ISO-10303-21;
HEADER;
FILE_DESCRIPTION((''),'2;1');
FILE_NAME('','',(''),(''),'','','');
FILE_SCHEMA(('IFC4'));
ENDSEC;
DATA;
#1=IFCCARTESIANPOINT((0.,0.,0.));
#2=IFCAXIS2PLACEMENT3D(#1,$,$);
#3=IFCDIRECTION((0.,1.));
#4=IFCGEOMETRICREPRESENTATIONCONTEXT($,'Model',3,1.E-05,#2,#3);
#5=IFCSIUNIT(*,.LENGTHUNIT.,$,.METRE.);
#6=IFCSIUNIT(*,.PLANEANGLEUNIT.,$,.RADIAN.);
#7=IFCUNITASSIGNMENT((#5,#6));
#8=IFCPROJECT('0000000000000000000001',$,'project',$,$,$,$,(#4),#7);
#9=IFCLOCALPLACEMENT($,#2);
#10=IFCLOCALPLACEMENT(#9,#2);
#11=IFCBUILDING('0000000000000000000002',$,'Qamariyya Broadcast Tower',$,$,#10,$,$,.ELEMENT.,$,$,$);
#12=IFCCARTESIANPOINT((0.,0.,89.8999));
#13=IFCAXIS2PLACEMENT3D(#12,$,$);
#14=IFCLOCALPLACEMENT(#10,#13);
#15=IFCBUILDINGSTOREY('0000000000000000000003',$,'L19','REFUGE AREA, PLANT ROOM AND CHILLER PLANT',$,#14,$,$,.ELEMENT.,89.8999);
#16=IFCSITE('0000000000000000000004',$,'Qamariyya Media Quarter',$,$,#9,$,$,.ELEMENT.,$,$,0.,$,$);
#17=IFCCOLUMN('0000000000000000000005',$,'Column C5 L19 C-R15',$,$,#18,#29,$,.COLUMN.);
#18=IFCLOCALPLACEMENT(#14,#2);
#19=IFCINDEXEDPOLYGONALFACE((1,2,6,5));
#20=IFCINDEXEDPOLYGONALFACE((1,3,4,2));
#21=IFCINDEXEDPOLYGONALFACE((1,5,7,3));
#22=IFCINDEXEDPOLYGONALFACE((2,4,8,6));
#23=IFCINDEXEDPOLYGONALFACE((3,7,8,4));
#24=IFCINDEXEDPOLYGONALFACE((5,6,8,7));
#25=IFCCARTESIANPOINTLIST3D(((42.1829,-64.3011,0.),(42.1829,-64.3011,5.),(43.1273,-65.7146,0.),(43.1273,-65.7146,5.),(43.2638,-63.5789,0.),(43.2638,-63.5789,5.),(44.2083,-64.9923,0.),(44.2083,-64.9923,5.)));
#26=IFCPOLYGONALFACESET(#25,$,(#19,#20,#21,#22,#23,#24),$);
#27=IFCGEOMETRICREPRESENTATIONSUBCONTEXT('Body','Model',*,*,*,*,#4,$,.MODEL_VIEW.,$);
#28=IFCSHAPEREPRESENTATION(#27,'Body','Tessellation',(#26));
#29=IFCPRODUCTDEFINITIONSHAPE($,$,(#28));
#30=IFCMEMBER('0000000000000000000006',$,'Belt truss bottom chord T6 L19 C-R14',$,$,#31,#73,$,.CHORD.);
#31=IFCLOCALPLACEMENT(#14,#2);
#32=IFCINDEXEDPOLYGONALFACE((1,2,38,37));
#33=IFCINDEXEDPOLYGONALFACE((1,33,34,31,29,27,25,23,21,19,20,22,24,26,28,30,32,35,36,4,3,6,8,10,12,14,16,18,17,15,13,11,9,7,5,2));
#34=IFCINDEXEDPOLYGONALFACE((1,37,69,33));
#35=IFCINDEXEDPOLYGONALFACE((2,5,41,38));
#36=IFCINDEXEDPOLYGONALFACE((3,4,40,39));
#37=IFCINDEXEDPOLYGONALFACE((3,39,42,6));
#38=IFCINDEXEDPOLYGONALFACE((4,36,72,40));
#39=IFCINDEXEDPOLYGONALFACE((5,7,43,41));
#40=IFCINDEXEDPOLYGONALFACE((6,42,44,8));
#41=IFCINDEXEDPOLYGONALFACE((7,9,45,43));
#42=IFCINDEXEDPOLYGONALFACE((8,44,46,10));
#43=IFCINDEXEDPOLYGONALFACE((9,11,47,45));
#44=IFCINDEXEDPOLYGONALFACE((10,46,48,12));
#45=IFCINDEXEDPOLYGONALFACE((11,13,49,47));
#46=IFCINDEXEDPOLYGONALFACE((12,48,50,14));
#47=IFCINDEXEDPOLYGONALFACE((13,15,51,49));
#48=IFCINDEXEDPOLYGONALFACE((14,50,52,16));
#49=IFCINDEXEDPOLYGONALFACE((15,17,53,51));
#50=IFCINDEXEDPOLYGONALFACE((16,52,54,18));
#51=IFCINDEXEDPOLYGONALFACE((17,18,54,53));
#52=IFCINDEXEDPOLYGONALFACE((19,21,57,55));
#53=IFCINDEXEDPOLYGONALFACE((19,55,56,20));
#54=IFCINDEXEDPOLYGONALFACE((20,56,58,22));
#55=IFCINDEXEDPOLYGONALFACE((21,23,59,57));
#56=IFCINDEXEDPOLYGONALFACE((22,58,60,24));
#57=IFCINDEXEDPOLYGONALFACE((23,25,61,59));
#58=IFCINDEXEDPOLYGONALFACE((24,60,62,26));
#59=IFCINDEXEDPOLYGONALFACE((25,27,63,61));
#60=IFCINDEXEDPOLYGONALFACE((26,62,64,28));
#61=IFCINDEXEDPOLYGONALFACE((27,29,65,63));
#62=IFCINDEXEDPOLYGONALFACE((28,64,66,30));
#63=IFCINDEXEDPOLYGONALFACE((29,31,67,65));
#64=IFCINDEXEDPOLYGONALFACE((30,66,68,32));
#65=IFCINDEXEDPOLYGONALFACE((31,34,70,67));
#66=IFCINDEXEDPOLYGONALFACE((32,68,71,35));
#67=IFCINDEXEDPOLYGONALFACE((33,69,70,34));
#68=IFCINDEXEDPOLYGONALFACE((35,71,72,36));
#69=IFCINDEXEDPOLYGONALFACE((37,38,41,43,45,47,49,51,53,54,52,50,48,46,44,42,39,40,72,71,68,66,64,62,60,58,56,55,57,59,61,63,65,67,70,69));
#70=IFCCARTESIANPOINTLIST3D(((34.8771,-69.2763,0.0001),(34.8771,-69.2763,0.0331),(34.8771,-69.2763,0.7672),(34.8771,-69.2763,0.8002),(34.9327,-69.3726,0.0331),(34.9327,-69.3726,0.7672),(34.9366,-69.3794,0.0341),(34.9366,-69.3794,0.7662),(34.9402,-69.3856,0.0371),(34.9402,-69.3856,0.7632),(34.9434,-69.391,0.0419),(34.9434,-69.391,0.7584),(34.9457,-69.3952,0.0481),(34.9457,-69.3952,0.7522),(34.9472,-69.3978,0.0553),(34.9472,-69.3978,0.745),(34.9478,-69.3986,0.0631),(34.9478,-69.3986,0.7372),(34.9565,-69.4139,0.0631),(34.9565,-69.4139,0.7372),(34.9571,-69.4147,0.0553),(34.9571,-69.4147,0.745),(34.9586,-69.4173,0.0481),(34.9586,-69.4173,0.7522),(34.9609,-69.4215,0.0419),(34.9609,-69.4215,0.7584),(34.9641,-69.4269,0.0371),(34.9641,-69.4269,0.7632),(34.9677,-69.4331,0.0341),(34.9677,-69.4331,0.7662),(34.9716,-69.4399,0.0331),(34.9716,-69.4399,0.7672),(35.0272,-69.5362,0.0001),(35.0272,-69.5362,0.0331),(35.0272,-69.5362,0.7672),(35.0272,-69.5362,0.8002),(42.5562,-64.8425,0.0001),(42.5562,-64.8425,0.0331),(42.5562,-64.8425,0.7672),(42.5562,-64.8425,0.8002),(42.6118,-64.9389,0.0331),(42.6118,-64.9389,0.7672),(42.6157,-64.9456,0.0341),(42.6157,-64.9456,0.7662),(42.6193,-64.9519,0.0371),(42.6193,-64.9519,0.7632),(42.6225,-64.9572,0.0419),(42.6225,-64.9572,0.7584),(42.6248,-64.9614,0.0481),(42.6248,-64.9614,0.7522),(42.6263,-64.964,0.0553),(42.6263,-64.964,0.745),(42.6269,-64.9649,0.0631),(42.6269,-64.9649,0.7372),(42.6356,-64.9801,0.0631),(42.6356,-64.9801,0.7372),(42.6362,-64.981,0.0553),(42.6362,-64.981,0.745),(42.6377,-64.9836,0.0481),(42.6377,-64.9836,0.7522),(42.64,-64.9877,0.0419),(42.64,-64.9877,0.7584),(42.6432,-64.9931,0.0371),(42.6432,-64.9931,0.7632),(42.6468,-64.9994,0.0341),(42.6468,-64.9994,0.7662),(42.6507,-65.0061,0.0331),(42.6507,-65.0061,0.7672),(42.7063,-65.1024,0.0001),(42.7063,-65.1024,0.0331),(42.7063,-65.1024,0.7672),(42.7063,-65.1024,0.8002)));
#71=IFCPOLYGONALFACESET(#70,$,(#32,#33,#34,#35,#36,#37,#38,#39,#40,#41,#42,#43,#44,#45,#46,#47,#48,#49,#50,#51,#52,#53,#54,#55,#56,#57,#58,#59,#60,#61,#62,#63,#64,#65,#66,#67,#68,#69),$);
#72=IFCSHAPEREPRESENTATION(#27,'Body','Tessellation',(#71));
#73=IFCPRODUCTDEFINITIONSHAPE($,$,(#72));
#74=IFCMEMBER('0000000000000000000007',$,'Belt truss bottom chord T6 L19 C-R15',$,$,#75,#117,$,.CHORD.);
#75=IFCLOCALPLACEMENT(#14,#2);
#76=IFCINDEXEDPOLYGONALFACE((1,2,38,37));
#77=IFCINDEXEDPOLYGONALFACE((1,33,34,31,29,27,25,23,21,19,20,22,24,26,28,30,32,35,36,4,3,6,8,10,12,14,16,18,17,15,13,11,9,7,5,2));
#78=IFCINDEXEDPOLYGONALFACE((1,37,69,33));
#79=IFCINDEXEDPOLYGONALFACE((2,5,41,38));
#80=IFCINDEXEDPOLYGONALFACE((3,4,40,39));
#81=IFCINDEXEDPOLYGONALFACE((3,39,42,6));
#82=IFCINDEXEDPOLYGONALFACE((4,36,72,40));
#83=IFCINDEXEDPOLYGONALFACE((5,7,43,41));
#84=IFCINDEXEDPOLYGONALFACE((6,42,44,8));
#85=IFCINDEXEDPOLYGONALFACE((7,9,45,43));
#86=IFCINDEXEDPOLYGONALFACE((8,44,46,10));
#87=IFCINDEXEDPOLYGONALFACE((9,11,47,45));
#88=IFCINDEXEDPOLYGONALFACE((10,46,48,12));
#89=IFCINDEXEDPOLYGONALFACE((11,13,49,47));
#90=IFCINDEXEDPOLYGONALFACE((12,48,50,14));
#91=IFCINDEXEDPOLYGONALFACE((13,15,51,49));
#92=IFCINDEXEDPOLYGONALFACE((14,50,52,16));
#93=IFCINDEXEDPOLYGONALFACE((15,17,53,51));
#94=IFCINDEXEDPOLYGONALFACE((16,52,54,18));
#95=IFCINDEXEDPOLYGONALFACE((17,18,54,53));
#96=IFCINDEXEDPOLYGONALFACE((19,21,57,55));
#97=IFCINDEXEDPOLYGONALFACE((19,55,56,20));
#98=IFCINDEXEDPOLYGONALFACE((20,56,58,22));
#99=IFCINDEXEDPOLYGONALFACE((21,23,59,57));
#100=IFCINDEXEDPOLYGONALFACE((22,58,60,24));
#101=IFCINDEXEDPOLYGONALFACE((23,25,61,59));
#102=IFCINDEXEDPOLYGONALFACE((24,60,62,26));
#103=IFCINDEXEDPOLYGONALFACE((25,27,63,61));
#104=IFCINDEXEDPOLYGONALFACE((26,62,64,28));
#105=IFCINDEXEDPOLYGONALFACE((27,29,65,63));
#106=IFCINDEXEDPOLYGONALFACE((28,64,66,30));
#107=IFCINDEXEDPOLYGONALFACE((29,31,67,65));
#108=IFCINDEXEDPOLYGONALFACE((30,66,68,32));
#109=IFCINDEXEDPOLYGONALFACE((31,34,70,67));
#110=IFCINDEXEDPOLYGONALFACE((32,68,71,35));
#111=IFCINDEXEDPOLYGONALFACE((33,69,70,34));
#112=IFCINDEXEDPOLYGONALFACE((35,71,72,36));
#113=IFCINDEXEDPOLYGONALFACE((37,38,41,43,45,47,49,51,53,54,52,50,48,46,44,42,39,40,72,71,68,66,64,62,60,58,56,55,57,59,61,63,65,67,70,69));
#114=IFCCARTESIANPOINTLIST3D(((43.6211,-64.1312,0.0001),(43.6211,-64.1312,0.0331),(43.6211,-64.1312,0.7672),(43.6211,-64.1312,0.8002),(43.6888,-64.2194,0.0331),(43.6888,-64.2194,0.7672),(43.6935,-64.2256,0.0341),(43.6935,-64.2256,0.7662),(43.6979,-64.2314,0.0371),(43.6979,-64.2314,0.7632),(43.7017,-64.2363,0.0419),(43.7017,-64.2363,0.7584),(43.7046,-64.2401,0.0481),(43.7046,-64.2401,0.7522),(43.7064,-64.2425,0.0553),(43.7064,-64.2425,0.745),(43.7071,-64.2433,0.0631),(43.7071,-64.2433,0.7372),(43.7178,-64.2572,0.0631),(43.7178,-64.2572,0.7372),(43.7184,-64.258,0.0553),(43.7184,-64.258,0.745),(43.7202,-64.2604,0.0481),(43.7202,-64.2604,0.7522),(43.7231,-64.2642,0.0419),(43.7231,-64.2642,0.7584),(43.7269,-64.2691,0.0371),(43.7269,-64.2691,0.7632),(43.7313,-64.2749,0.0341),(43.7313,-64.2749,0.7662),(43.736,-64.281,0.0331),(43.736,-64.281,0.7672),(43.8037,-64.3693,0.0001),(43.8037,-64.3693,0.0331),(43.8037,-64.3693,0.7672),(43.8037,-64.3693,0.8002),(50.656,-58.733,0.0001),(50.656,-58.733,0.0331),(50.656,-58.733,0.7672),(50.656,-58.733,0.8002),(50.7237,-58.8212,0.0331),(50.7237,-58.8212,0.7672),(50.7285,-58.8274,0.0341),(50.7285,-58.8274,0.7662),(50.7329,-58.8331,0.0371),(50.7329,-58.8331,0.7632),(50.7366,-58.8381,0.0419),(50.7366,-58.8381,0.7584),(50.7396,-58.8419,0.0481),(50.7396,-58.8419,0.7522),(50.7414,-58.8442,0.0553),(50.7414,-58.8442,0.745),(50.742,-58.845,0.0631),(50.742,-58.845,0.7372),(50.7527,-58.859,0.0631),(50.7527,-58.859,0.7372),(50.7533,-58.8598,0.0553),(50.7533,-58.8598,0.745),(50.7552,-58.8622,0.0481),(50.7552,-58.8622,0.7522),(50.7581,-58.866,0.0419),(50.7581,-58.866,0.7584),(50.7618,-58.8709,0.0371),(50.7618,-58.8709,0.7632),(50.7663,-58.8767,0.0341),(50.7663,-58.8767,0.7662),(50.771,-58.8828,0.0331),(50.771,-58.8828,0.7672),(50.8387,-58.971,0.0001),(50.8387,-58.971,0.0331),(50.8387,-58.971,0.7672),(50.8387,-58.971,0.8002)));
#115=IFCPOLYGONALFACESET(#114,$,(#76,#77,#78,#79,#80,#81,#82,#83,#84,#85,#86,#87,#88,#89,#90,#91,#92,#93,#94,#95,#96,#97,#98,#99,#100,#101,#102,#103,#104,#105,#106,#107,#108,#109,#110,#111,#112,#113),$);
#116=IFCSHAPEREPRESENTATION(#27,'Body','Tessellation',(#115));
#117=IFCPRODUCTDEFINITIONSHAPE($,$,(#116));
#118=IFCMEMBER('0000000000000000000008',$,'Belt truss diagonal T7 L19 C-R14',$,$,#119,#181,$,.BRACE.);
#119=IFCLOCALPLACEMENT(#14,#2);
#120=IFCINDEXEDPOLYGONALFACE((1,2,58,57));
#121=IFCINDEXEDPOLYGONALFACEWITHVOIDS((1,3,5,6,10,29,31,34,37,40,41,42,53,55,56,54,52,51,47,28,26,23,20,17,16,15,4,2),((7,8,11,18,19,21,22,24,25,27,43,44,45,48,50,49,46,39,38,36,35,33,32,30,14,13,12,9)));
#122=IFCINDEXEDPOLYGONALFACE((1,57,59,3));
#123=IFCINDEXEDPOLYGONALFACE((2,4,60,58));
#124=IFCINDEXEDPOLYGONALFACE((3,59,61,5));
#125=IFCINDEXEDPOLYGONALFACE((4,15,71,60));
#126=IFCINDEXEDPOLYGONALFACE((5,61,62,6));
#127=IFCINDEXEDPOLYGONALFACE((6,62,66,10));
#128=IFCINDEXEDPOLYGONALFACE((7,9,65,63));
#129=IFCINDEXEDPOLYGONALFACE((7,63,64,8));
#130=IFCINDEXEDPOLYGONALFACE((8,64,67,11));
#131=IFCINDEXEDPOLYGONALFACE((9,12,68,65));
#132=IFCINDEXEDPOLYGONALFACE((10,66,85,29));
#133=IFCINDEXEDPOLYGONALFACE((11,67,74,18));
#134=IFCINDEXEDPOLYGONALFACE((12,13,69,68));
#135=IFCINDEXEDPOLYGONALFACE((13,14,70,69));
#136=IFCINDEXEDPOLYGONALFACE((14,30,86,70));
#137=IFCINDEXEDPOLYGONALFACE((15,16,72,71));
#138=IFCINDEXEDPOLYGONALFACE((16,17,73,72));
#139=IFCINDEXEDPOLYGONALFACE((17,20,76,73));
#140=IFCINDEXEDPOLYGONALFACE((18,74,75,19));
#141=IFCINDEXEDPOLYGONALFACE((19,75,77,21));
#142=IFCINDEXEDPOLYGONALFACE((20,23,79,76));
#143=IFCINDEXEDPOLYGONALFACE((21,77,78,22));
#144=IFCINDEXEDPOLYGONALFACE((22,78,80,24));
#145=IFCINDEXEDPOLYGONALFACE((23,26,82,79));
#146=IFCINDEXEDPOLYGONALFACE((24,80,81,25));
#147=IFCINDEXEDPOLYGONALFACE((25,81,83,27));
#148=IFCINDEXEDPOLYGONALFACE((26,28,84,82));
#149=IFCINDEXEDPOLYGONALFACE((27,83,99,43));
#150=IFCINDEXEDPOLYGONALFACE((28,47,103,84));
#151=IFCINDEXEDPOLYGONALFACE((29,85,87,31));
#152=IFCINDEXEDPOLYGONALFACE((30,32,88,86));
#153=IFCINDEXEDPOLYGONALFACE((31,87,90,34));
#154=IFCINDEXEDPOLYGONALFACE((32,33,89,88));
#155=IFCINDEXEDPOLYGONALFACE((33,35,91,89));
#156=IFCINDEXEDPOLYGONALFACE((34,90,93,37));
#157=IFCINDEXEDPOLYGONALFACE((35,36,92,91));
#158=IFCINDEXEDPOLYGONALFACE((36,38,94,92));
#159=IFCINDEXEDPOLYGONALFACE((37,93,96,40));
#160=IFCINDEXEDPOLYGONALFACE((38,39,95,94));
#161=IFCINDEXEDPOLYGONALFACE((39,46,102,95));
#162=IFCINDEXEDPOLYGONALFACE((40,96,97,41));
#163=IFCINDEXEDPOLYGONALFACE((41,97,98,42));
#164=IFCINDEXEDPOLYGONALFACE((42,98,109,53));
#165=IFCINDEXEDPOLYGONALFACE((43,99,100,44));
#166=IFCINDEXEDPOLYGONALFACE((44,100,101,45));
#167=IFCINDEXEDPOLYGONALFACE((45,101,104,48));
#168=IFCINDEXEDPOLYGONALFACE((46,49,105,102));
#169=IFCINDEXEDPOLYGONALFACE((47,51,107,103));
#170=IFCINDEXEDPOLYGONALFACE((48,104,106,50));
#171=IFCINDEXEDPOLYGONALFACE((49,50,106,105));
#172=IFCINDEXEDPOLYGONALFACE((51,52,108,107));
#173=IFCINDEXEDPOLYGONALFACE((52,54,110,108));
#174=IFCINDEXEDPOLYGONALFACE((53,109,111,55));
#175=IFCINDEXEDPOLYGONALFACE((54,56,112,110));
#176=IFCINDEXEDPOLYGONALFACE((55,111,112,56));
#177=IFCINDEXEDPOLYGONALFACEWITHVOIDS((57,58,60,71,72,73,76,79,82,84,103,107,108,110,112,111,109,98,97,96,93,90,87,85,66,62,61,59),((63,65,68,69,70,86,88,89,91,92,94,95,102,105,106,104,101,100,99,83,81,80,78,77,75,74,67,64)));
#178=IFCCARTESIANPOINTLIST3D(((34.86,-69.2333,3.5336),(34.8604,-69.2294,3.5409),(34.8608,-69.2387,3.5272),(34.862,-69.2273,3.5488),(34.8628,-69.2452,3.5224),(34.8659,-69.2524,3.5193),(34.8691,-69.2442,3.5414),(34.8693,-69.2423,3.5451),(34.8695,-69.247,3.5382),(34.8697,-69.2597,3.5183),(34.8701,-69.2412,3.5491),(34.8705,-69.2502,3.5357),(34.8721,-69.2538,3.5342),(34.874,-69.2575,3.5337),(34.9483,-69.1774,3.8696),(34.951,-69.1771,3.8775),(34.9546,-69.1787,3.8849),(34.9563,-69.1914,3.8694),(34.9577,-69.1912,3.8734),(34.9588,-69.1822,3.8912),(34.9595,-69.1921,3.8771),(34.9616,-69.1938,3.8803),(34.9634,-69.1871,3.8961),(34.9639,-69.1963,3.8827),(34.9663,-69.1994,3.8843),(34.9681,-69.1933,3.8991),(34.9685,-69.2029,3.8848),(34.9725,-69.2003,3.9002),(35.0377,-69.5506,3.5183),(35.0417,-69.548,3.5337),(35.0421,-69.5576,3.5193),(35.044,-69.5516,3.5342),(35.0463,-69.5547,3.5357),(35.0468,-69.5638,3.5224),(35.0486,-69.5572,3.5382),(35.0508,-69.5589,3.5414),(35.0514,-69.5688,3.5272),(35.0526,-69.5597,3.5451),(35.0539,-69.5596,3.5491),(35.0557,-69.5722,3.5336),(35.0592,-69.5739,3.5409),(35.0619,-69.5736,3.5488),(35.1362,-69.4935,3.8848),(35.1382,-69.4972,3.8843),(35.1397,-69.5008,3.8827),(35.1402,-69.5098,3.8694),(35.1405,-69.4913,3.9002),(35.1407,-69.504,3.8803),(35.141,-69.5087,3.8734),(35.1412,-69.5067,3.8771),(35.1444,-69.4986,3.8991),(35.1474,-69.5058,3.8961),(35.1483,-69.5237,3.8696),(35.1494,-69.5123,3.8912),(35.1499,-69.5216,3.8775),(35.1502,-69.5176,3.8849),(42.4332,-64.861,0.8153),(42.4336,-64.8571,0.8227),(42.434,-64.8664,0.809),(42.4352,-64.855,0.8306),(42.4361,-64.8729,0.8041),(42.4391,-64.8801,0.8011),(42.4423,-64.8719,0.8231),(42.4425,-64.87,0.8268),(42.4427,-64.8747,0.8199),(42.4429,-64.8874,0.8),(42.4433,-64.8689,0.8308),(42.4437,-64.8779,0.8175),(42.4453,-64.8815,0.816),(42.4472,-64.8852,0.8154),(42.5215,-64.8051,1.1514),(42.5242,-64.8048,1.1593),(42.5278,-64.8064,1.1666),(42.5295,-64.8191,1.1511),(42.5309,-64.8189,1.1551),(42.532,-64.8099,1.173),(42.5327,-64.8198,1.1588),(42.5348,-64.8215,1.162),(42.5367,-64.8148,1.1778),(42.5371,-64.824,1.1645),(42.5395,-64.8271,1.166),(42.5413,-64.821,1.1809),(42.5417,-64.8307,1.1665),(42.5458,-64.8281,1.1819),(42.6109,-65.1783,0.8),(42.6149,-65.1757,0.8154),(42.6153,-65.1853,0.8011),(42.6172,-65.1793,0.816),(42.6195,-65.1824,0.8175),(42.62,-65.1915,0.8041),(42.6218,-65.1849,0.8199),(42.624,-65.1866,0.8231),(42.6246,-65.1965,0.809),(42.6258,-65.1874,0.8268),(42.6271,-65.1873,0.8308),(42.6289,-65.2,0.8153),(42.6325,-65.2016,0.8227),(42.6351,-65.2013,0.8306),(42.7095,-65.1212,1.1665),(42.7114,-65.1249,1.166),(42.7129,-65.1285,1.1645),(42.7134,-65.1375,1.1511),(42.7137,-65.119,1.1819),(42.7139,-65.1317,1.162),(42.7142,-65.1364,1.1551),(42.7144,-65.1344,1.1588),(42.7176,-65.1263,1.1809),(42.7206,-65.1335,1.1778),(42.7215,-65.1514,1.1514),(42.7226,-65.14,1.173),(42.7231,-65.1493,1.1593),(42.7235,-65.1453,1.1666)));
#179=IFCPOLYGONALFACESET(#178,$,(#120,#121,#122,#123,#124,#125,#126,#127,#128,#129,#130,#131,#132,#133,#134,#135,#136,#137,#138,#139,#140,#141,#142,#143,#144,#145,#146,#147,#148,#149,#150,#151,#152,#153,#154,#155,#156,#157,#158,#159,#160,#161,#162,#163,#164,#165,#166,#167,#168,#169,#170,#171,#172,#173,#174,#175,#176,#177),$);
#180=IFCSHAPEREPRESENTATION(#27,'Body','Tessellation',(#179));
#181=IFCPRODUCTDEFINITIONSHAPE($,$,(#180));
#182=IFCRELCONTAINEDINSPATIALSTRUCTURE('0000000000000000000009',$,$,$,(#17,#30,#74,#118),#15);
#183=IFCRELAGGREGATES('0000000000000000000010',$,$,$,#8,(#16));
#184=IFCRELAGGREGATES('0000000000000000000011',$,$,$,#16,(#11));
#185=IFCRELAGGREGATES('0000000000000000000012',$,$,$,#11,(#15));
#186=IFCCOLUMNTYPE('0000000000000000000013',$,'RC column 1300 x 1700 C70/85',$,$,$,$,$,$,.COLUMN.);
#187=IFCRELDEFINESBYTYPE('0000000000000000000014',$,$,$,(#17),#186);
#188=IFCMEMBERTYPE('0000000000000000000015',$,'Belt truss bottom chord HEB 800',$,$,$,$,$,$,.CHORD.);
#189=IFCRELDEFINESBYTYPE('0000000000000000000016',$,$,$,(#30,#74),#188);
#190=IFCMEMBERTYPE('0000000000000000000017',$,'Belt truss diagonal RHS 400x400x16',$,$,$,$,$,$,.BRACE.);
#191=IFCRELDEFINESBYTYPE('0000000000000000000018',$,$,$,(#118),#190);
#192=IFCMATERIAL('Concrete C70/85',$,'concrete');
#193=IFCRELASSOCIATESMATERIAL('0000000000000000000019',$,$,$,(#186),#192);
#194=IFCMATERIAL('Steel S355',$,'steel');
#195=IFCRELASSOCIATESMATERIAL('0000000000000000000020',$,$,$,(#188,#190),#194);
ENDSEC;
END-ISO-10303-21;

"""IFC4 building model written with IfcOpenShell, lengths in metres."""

from ifc_helpers import new_model, si_unit, direction, frame, origin, origin_2d, place, context, subcontext, project, spatial, rectangle, hollow_rectangle, i_section, extrude, material, material_profile, profile_set, type_object, element, save


model = new_model("IFC4")

# Units and contexts
model_context = context("Model", 3, precision=1e-05, world=origin(), true_north=direction((0.0, 1.0)))
body_context = subcontext(model_context, "Body", "Model", "MODEL_VIEW")
ifc_project = project(units=[si_unit("LENGTHUNIT", "METRE"), si_unit("PLANEANGLEUNIT", "RADIAN")], contexts=[model_context])

# Site, building, storey
site_placement = place(None, origin())
site = spatial("IfcSite", under=ifc_project, at=site_placement, Name="Qamariyya Media Quarter", CompositionType="ELEMENT", RefElevation=0.0)
building_placement = place(site_placement, origin())
building = spatial("IfcBuilding", under=site, at=building_placement, Name="Qamariyya Broadcast Tower", CompositionType="ELEMENT")
storey_placement = place(building_placement, frame((0.0, 0.0, 89.8999)))
storey = spatial("IfcBuildingStorey", under=building, at=storey_placement, Name="L19", Description="REFUGE AREA, PLANT ROOM AND CHILLER PLANT", CompositionType="ELEMENT", Elevation=89.8999)

# Column
ifc_material_1 = material(Name="Concrete C70/85", Category="concrete")
ifc_material_profile_1 = material_profile(ifc_material_1, rectangle(XDim=1.3, YDim=1.7, at=origin_2d()))
ifc_profile_set_1 = profile_set([ifc_material_profile_1], Name="Concrete C70/85")
column_type = type_object("IfcColumnType", Name="RC column 1300 x 1700 C70/85", PredefinedType="COLUMN", material=ifc_profile_set_1)
column_placement = place(storey_placement, frame((43.1956, -64.6467, 0.0), z_axis=(0.0, 0.0, 1.0), x_axis=(0.83147, 0.55557, 0.0)))
element("IfcColumn", 1, at=column_placement, inside=storey, type_object=column_type, Name="Column C5 L19 C-R15", PredefinedType="COLUMN", context=body_context, shape_type="SweptSolid", body=[
    extrude(rectangle(XDim=1.3, YDim=1.7, at=origin_2d()), origin(), (0.0, 0.0, 1.0), 5.0),
])

# Members
ifc_material_2 = material(Name="Steel S355", Category="steel")
ifc_material_profile_2 = material_profile(ifc_material_2, i_section(OverallWidth=0.3, OverallDepth=0.8, WebThickness=0.0176, FlangeThickness=0.033, FilletRadius=0.03, at=origin_2d()))
ifc_profile_set_2 = profile_set([ifc_material_profile_2], Name="Steel S355")
member_type_1 = type_object("IfcMemberType", Name="Belt truss bottom chord HEB 800", PredefinedType="CHORD", material=ifc_profile_set_2)
member_1_placement = place(storey_placement, frame((34.9521, -69.4062, 0.4001), z_axis=(0.866013, 0.500021, 0.0), x_axis=(-0.500021, 0.866013, 0.0)))
element("IfcMember", 2, at=member_1_placement, inside=storey, type_object=member_type_1, Name="Belt truss bottom chord T6 L19 C-R14", PredefinedType="CHORD", context=body_context, shape_type="SweptSolid", body=[
    extrude(i_section(OverallWidth=0.3, OverallDepth=0.8, WebThickness=0.0176, FlangeThickness=0.033, FilletRadius=0.03, at=origin_2d()), origin(), (0.0, 0.0, 1.0), 8.8672),
])
member_2_placement = place(storey_placement, frame((43.7124, -64.2502, 0.4001), z_axis=(0.793347, 0.60877, 0.0), x_axis=(-0.60877, 0.793347, 0.0)))
element("IfcMember", 3, at=member_2_placement, inside=storey, type_object=member_type_1, Name="Belt truss bottom chord T6 L19 C-R15", PredefinedType="CHORD", context=body_context, shape_type="SweptSolid", body=[
    extrude(i_section(OverallWidth=0.3, OverallDepth=0.8, WebThickness=0.0176, FlangeThickness=0.033, FilletRadius=0.03, at=origin_2d()), origin(), (0.0, 0.0, 1.0), 8.8674),
])
ifc_material_profile_3 = material_profile(ifc_material_2, hollow_rectangle(XDim=0.3999, YDim=0.3999, WallThickness=0.0161, InnerFilletRadius=0.0161, OuterFilletRadius=0.032, at=origin_2d()))
ifc_profile_set_3 = profile_set([ifc_material_profile_3], Name="Steel S355")
member_type_2 = type_object("IfcMemberType", Name="Belt truss diagonal RHS 400x400x16", PredefinedType="BRACE", material=ifc_profile_set_3)
for number, where, z_axis, x_axis, name in (
    (4, (35.0051, -69.3755, 3.7092), (0.826998, 0.477456, -0.296834), (-0.499992, 0.86603, 0.0), "Belt truss diagonal T7 L19 C-R14"),
):
    element("IfcMember", number, at=place(storey_placement, frame(where, z_axis=z_axis, x_axis=x_axis)), inside=storey, type_object=member_type_2, Name=name, PredefinedType="BRACE", context=body_context, shape_type="SweptSolid", body=[
        extrude(hollow_rectangle(XDim=0.3999, YDim=0.3999, WallThickness=0.0161, InnerFilletRadius=0.0161, OuterFilletRadius=0.032, at=origin_2d()), origin(), (0.0, 0.0, 1.0), 9.1575),
    ])

save(model, "model.ifc")
